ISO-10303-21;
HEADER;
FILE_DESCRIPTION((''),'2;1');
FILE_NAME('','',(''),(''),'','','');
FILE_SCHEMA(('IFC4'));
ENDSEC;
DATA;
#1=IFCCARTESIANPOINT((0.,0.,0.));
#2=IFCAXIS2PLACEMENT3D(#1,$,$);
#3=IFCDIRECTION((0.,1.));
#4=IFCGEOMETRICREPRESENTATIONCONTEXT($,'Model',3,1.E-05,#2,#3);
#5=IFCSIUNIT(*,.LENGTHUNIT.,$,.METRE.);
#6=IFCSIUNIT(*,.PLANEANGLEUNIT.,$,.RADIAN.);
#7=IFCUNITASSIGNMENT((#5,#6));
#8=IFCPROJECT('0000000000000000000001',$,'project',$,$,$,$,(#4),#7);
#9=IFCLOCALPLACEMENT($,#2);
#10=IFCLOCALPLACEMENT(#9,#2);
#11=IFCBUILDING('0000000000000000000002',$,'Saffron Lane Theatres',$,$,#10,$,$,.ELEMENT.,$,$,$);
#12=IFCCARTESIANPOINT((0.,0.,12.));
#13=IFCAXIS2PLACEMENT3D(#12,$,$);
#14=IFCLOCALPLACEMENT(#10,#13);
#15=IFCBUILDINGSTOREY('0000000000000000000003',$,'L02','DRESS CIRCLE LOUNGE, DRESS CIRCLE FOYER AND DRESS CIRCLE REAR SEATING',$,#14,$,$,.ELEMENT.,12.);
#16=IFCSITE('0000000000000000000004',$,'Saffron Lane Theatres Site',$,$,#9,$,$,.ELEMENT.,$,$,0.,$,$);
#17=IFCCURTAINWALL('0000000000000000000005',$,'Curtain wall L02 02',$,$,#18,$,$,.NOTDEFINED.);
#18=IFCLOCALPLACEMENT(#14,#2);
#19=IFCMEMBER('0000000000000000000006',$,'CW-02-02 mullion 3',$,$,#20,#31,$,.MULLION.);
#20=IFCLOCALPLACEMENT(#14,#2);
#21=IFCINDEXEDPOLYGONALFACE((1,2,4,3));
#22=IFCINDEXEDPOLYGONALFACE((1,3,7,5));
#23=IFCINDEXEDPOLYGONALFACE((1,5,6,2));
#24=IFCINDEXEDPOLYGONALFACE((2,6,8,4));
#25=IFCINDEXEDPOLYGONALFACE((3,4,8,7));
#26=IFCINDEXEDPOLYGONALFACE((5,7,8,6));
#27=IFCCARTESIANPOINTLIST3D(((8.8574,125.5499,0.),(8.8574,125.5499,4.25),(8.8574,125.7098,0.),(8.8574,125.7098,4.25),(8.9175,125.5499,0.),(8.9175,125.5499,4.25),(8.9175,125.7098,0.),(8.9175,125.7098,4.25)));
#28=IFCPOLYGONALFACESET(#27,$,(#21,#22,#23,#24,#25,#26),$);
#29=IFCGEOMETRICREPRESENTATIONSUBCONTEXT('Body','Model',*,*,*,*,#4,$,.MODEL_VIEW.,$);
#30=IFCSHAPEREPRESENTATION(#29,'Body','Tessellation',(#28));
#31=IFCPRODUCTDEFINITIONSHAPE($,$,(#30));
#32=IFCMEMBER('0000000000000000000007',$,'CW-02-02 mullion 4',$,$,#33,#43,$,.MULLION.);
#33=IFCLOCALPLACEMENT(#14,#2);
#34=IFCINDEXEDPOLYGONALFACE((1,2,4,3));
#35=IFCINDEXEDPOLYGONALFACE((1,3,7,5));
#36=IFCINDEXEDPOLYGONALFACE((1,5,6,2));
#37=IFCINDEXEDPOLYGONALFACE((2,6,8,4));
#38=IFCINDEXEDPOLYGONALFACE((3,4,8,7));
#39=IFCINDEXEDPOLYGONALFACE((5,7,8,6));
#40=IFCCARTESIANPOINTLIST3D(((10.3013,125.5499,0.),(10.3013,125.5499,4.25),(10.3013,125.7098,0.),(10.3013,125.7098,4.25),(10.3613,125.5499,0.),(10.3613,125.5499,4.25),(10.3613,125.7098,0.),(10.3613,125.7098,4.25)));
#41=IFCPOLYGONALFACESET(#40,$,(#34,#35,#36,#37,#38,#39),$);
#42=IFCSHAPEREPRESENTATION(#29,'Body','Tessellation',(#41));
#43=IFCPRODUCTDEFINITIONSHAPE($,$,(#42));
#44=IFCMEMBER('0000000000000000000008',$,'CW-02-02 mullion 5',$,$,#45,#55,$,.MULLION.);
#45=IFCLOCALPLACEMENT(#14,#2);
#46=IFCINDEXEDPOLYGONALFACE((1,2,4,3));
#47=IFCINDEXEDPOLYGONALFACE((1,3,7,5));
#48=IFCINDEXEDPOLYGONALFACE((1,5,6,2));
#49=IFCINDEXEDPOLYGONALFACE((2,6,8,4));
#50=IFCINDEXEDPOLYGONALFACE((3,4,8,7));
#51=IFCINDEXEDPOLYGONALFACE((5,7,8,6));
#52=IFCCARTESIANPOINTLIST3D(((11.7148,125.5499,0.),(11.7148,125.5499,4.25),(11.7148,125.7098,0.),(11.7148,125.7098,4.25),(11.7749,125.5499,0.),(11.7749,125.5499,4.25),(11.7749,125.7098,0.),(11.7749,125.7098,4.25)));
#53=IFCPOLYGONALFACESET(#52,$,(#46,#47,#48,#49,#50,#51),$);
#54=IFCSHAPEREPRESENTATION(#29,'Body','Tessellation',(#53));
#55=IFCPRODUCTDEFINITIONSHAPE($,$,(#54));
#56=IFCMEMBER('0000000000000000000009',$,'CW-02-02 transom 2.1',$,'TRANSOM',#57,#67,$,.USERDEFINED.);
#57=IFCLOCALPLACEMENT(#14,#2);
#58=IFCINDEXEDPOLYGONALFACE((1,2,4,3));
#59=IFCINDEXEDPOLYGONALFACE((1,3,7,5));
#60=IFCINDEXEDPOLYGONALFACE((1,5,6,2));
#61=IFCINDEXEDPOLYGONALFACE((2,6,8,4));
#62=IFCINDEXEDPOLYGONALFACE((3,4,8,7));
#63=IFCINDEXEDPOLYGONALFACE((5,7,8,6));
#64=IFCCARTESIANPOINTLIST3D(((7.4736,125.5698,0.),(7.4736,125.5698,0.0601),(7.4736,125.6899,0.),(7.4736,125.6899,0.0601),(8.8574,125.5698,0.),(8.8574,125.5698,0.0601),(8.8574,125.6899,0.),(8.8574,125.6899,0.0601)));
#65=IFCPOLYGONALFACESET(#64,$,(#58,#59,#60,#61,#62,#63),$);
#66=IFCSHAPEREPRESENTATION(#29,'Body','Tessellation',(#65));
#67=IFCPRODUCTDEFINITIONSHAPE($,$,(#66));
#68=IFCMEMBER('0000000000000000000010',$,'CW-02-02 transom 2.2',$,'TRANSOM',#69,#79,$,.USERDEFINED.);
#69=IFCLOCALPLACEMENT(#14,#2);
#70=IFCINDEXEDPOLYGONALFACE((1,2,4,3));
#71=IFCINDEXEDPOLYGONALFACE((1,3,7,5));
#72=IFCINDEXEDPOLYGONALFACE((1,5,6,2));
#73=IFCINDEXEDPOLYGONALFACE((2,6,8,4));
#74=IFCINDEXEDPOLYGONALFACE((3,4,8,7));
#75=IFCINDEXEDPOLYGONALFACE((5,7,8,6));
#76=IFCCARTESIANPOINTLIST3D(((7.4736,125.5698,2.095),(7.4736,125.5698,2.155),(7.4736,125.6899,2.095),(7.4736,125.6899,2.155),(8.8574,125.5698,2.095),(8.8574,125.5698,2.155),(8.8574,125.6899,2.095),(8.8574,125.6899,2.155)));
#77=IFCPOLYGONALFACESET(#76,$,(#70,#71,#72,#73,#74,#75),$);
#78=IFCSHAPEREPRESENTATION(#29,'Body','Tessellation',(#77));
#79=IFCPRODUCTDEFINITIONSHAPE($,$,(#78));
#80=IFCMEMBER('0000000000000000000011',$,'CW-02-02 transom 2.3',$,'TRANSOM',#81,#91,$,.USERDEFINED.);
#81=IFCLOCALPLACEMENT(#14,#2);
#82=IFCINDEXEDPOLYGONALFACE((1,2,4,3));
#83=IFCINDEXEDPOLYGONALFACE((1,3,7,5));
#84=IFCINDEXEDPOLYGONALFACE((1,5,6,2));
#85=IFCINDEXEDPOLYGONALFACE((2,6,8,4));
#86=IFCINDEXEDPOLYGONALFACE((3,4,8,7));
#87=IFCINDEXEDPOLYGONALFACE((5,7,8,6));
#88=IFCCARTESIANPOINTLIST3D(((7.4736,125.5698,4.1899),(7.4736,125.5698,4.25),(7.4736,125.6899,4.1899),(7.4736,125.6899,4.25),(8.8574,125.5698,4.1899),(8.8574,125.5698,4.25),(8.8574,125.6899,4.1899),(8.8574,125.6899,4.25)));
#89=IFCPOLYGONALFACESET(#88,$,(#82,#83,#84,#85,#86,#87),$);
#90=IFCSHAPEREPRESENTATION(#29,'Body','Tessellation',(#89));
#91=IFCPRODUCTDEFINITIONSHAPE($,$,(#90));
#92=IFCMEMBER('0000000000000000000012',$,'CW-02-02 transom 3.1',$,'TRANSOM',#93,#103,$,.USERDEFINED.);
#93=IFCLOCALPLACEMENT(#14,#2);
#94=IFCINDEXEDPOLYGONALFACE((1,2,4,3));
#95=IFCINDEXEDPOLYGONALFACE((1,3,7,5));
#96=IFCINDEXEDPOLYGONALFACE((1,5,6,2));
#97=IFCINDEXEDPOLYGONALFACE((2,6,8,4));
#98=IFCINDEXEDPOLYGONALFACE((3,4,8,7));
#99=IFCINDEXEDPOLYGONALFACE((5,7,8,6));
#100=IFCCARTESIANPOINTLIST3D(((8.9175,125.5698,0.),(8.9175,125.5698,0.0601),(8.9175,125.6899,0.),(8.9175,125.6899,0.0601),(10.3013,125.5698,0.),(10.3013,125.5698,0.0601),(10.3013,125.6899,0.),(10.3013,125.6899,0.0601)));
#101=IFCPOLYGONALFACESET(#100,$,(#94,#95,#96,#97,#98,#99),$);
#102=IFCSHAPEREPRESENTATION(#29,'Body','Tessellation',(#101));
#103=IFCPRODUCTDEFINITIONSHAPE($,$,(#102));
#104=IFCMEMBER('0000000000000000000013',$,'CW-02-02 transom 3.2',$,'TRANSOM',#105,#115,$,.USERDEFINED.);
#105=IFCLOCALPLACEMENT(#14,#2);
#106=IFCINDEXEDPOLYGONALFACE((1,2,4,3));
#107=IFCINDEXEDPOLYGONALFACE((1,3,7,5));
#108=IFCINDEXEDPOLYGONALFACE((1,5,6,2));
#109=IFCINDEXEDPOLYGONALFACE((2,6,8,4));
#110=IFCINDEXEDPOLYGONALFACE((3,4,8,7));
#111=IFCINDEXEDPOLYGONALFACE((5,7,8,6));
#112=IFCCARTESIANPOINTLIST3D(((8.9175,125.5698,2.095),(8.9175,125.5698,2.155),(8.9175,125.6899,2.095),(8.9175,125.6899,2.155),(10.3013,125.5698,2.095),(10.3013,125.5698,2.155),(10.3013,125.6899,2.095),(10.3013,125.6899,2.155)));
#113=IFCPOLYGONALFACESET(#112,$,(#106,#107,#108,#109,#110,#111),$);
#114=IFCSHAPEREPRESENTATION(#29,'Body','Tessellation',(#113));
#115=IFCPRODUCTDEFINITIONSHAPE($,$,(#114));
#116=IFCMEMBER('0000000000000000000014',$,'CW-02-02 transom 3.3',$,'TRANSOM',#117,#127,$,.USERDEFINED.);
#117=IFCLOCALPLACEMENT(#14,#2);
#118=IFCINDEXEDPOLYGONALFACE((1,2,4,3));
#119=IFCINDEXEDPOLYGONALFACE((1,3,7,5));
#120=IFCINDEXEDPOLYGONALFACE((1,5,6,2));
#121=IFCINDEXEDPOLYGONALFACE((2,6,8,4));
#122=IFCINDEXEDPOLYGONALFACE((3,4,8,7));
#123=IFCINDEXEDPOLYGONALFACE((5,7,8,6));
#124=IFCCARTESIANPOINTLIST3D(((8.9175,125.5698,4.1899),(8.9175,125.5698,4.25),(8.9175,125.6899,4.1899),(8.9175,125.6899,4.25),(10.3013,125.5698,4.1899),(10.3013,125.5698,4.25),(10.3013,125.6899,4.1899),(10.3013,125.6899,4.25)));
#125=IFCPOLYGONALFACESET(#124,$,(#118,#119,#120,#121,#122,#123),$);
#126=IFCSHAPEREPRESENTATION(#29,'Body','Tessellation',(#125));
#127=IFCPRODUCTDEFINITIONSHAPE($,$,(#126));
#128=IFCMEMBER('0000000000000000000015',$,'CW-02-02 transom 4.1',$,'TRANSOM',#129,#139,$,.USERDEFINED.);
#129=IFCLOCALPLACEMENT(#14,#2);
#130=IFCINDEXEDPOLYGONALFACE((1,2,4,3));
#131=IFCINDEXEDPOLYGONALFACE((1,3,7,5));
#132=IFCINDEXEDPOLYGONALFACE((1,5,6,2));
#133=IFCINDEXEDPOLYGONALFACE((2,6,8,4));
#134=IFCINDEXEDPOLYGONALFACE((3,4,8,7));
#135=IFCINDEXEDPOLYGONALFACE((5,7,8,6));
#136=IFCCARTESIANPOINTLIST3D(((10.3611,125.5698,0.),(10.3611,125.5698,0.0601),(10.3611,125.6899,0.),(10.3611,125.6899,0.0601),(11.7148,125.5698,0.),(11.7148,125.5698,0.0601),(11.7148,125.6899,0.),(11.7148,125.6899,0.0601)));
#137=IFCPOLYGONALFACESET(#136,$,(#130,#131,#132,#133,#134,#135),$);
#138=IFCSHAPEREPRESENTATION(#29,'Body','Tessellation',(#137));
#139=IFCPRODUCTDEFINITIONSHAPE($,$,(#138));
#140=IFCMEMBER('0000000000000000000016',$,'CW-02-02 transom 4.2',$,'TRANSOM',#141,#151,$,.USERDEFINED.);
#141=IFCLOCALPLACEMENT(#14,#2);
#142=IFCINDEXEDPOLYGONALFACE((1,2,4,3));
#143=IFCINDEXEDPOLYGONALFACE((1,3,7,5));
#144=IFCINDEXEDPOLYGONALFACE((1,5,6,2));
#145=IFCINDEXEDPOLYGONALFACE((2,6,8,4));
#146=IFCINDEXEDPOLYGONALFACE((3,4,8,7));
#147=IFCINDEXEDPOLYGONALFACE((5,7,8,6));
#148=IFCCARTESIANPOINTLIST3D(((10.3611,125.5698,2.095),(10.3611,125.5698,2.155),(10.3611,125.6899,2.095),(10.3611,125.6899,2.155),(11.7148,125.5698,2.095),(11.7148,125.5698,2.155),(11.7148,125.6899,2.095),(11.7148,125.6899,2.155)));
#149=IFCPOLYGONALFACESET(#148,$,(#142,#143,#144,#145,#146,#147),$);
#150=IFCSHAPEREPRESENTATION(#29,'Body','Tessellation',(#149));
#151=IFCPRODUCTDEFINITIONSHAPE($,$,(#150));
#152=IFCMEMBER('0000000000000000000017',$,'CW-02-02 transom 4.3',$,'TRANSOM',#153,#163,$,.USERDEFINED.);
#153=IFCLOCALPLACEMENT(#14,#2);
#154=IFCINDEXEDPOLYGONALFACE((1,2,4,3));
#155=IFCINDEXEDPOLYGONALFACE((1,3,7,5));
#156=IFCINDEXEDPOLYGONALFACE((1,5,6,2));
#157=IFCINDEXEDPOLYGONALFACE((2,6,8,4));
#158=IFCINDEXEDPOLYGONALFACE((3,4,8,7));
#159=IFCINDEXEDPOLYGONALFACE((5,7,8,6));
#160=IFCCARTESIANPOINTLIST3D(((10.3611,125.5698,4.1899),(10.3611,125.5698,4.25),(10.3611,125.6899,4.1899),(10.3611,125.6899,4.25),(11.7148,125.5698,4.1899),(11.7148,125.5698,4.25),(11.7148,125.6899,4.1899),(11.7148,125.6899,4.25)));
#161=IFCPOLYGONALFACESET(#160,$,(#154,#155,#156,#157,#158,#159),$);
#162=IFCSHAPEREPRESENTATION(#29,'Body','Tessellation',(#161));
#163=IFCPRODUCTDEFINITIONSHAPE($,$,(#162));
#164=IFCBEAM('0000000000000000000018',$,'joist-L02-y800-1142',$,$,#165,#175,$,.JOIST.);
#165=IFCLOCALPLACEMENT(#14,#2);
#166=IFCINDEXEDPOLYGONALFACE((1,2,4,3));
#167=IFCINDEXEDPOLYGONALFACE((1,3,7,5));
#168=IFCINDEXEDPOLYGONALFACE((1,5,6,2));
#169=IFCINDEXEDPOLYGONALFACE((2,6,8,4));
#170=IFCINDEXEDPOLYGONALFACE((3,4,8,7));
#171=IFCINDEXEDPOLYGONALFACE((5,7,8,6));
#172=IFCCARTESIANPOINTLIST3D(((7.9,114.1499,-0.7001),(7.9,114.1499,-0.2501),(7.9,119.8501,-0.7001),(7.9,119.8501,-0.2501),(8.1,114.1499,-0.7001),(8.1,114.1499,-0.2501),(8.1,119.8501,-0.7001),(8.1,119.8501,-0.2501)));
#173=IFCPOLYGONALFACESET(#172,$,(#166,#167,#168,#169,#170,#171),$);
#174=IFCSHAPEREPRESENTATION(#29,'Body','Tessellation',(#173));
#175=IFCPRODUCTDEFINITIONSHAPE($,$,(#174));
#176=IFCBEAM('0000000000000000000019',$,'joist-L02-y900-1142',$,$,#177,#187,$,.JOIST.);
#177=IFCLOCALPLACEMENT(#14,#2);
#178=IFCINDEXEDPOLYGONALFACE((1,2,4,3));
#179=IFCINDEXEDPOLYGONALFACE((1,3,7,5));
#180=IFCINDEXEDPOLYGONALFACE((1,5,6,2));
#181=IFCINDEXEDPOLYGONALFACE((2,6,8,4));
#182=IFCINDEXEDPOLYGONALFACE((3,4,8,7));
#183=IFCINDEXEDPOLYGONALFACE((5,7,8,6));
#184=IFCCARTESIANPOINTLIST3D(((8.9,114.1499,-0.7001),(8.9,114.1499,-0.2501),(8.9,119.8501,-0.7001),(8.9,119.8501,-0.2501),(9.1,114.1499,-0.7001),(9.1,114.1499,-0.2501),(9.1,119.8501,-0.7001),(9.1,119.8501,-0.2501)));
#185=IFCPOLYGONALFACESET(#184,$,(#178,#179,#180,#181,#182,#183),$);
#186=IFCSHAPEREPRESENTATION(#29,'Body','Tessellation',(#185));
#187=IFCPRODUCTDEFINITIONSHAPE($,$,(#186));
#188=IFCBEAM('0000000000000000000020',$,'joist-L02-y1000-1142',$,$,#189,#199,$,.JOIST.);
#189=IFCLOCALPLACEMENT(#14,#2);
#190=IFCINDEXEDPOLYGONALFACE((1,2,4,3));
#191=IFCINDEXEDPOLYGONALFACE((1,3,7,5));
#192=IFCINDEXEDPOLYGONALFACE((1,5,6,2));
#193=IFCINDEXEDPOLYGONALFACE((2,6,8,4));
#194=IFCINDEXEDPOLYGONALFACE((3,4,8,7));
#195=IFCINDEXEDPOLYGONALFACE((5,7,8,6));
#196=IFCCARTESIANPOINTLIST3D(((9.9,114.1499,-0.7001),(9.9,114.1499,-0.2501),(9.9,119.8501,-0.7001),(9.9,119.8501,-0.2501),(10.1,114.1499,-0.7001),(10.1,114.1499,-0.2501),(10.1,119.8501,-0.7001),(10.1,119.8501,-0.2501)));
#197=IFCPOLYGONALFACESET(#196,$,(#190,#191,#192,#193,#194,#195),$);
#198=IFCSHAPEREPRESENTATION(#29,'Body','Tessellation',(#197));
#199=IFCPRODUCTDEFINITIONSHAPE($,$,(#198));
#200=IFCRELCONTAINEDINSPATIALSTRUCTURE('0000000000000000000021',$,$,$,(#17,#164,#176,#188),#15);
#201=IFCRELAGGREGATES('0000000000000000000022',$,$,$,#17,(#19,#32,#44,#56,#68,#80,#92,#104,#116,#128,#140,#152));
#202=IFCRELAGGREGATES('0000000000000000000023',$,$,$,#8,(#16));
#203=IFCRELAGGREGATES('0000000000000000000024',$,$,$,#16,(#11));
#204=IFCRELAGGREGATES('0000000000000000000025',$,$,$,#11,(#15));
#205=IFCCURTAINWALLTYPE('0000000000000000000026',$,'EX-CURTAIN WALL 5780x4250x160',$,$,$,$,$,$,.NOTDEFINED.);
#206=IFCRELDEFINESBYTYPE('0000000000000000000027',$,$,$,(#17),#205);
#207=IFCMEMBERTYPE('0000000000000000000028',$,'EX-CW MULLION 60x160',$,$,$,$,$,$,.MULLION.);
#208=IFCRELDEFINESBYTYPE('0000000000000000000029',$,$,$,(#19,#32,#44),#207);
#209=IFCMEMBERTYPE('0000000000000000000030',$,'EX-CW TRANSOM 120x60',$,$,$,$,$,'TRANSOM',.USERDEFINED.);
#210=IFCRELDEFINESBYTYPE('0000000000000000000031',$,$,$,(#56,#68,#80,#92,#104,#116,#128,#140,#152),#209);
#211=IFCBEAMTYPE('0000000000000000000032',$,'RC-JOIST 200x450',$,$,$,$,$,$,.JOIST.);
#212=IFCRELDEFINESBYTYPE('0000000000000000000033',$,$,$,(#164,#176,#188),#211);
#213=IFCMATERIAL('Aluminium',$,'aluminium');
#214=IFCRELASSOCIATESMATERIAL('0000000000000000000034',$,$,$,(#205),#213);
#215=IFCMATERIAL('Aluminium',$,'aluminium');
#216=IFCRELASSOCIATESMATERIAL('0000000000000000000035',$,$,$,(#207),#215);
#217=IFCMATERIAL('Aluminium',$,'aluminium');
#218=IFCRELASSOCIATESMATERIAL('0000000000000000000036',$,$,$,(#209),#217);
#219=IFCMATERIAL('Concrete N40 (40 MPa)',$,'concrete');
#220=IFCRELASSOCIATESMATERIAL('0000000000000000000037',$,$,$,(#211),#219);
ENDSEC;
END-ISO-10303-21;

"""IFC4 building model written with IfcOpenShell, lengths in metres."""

from ifc_helpers import new_model, si_unit, direction, frame, origin, origin_2d, place, context, subcontext, project, spatial, rectangle, extrude, material, material_profile, profile_set, type_object, element, aggregate, save


model = new_model("IFC4")

# Units and contexts
model_context = context("Model", 3, precision=1e-05, world=origin(), true_north=direction((0.0, 1.0)))
body_context = subcontext(model_context, "Body", "Model", "MODEL_VIEW")
ifc_project = project(units=[si_unit("LENGTHUNIT", "METRE"), si_unit("PLANEANGLEUNIT", "RADIAN")], contexts=[model_context])

# Site, building, storey
site_placement = place(None, origin())
site = spatial("IfcSite", under=ifc_project, at=site_placement, Name="Saffron Lane Theatres Site", CompositionType="ELEMENT", RefElevation=0.0)
building_placement = place(site_placement, origin())
building = spatial("IfcBuilding", under=site, at=building_placement, Name="Saffron Lane Theatres", CompositionType="ELEMENT")
storey_placement = place(building_placement, frame((0.0, 0.0, 12.0)))
storey = spatial("IfcBuildingStorey", under=building, at=storey_placement, Name="L02", Description="DRESS CIRCLE LOUNGE, DRESS CIRCLE FOYER AND DRESS CIRCLE REAR SEATING", CompositionType="ELEMENT", Elevation=12.0)

# Curtain wall, members
ifc_material_1 = material(Name="Aluminium", Category="aluminium")
curtain_wall_type = type_object("IfcCurtainWallType", Name="EX-CURTAIN WALL 5780x4250x160", PredefinedType="NOTDEFINED", material=ifc_material_1)
curtain_wall_placement = place(storey_placement, origin())
curtain_wall = element("IfcCurtainWall", 1, at=curtain_wall_placement, inside=storey, type_object=curtain_wall_type, Name="Curtain wall L02 02", PredefinedType="NOTDEFINED")
ifc_material_2 = material(Name="Aluminium", Category="aluminium")
ifc_material_profile_1 = material_profile(ifc_material_2, rectangle(XDim=0.0601, YDim=0.1599, at=origin_2d()))
ifc_profile_set_1 = profile_set([ifc_material_profile_1], Name="Aluminium")
member_type_1 = type_object("IfcMemberType", Name="EX-CW MULLION 60x160", PredefinedType="MULLION", material=ifc_profile_set_1)
member_1_placement = place(storey_placement, frame((8.8875, 125.6299, 0.0), z_axis=(0.0, 0.0, 1.0), x_axis=(1.0, 0.0, 0.0)))
member_1 = element("IfcMember", 2, at=member_1_placement, type_object=member_type_1, Name="CW-02-02 mullion 3", PredefinedType="MULLION", context=body_context, shape_type="SweptSolid", body=[
    extrude(rectangle(XDim=0.0601, YDim=0.1599, at=origin_2d()), origin(), (0.0, 0.0, 1.0), 4.25),
])
member_2_placement = place(storey_placement, frame((10.3313, 125.6299, 0.0), z_axis=(0.0, 0.0, 1.0), x_axis=(1.0, 0.0, 0.0)))
member_2 = element("IfcMember", 3, at=member_2_placement, type_object=member_type_1, Name="CW-02-02 mullion 4", PredefinedType="MULLION", context=body_context, shape_type="SweptSolid", body=[
    extrude(rectangle(XDim=0.0601, YDim=0.1599, at=origin_2d()), origin(), (0.0, 0.0, 1.0), 4.25),
])
member_3_placement = place(storey_placement, frame((11.7449, 125.6299, 0.0), z_axis=(0.0, 0.0, 1.0), x_axis=(1.0, 0.0, 0.0)))
member_3 = element("IfcMember", 4, at=member_3_placement, type_object=member_type_1, Name="CW-02-02 mullion 5", PredefinedType="MULLION", context=body_context, shape_type="SweptSolid", body=[
    extrude(rectangle(XDim=0.0601, YDim=0.1599, at=origin_2d()), origin(), (0.0, 0.0, 1.0), 4.25),
])
ifc_material_3 = material(Name="Aluminium", Category="aluminium")
ifc_material_profile_2 = material_profile(ifc_material_3, rectangle(XDim=0.1201, YDim=0.0601, at=origin_2d()))
ifc_profile_set_2 = profile_set([ifc_material_profile_2], Name="Aluminium")
member_type_2 = type_object("IfcMemberType", Name="EX-CW TRANSOM 120x60", ElementType="TRANSOM", PredefinedType="USERDEFINED", material=ifc_profile_set_2)
member_4_placement = place(storey_placement, frame((7.4736, 125.6299, 0.03), z_axis=(1.0, 0.0, 0.0), x_axis=(0.0, 1.0, 0.0)))
member_4 = element("IfcMember", 5, at=member_4_placement, type_object=member_type_2, Name="CW-02-02 transom 2.1", ObjectType="TRANSOM", PredefinedType="USERDEFINED", context=body_context, shape_type="SweptSolid", body=[
    extrude(rectangle(XDim=0.1201, YDim=0.0601, at=origin_2d()), origin(), (0.0, 0.0, 1.0), 1.3838),
])
member_5_placement = place(storey_placement, frame((7.4736, 125.6299, 2.125), z_axis=(1.0, 0.0, 0.0), x_axis=(0.0, 1.0, 0.0)))
member_5 = element("IfcMember", 6, at=member_5_placement, type_object=member_type_2, Name="CW-02-02 transom 2.2", ObjectType="TRANSOM", PredefinedType="USERDEFINED", context=body_context, shape_type="SweptSolid", body=[
    extrude(rectangle(XDim=0.1201, YDim=0.0601, at=origin_2d()), origin(), (0.0, 0.0, 1.0), 1.3838),
])
member_6_placement = place(storey_placement, frame((7.4736, 125.6299, 4.22), z_axis=(1.0, 0.0, 0.0), x_axis=(0.0, 1.0, 0.0)))
member_6 = element("IfcMember", 7, at=member_6_placement, type_object=member_type_2, Name="CW-02-02 transom 2.3", ObjectType="TRANSOM", PredefinedType="USERDEFINED", context=body_context, shape_type="SweptSolid", body=[
    extrude(rectangle(XDim=0.1201, YDim=0.0601, at=origin_2d()), origin(), (0.0, 0.0, 1.0), 1.3838),
])
member_7_placement = place(storey_placement, frame((8.9175, 125.6299, 0.03), z_axis=(1.0, 0.0, 0.0), x_axis=(0.0, 1.0, 0.0)))
member_7 = element("IfcMember", 8, at=member_7_placement, type_object=member_type_2, Name="CW-02-02 transom 3.1", ObjectType="TRANSOM", PredefinedType="USERDEFINED", context=body_context, shape_type="SweptSolid", body=[
    extrude(rectangle(XDim=0.1201, YDim=0.0601, at=origin_2d()), origin(), (0.0, 0.0, 1.0), 1.3838),
])
member_8_placement = place(storey_placement, frame((8.9175, 125.6299, 2.125), z_axis=(1.0, 0.0, 0.0), x_axis=(0.0, 1.0, 0.0)))
member_8 = element("IfcMember", 9, at=member_8_placement, type_object=member_type_2, Name="CW-02-02 transom 3.2", ObjectType="TRANSOM", PredefinedType="USERDEFINED", context=body_context, shape_type="SweptSolid", body=[
    extrude(rectangle(XDim=0.1201, YDim=0.0601, at=origin_2d()), origin(), (0.0, 0.0, 1.0), 1.3838),
])
member_9_placement = place(storey_placement, frame((8.9175, 125.6299, 4.22), z_axis=(1.0, 0.0, 0.0), x_axis=(0.0, 1.0, 0.0)))
member_9 = element("IfcMember", 10, at=member_9_placement, type_object=member_type_2, Name="CW-02-02 transom 3.3", ObjectType="TRANSOM", PredefinedType="USERDEFINED", context=body_context, shape_type="SweptSolid", body=[
    extrude(rectangle(XDim=0.1201, YDim=0.0601, at=origin_2d()), origin(), (0.0, 0.0, 1.0), 1.3838),
])
member_10_placement = place(storey_placement, frame((10.3611, 125.6299, 0.03), z_axis=(1.0, 0.0, 0.0), x_axis=(0.0, 1.0, 0.0)))
member_10 = element("IfcMember", 11, at=member_10_placement, type_object=member_type_2, Name="CW-02-02 transom 4.1", ObjectType="TRANSOM", PredefinedType="USERDEFINED", context=body_context, shape_type="SweptSolid", body=[
    extrude(rectangle(XDim=0.1201, YDim=0.0601, at=origin_2d()), origin(), (0.0, 0.0, 1.0), 1.3538),
])
member_11_placement = place(storey_placement, frame((10.3611, 125.6299, 2.125), z_axis=(1.0, 0.0, 0.0), x_axis=(0.0, 1.0, 0.0)))
member_11 = element("IfcMember", 12, at=member_11_placement, type_object=member_type_2, Name="CW-02-02 transom 4.2", ObjectType="TRANSOM", PredefinedType="USERDEFINED", context=body_context, shape_type="SweptSolid", body=[
    extrude(rectangle(XDim=0.1201, YDim=0.0601, at=origin_2d()), origin(), (0.0, 0.0, 1.0), 1.3538),
])
member_12_placement = place(storey_placement, frame((10.3611, 125.6299, 4.22), z_axis=(1.0, 0.0, 0.0), x_axis=(0.0, 1.0, 0.0)))
member_12 = element("IfcMember", 13, at=member_12_placement, type_object=member_type_2, Name="CW-02-02 transom 4.3", ObjectType="TRANSOM", PredefinedType="USERDEFINED", context=body_context, shape_type="SweptSolid", body=[
    extrude(rectangle(XDim=0.1201, YDim=0.0601, at=origin_2d()), origin(), (0.0, 0.0, 1.0), 1.3538),
])

# Beams
ifc_material_4 = material(Name="Concrete N40 (40 MPa)", Category="concrete")
ifc_material_profile_3 = material_profile(ifc_material_4, rectangle(XDim=0.2, YDim=0.45, at=origin_2d()))
ifc_profile_set_3 = profile_set([ifc_material_profile_3], Name="Concrete N40 (40 MPa)")
beam_type = type_object("IfcBeamType", Name="RC-JOIST 200x450", PredefinedType="JOIST", material=ifc_profile_set_3)
for number, where, z_axis, x_axis, name in (
    (14, (8.0, 114.1499, -0.4751), (0.0, 1.0, 0.0), (-1.0, 0.0, 0.0), "joist-L02-y800-1142"),
    (15, (9.0, 114.1499, -0.4751), (0.0, 1.0, 0.0), (-1.0, 0.0, 0.0), "joist-L02-y900-1142"),
    (16, (10.0, 114.1499, -0.4751), (0.0, 1.0, 0.0), (-1.0, 0.0, 0.0), "joist-L02-y1000-1142"),
):
    element("IfcBeam", number, at=place(storey_placement, frame(where, z_axis=z_axis, x_axis=x_axis)), inside=storey, type_object=beam_type, Name=name, PredefinedType="JOIST", context=body_context, shape_type="SweptSolid", body=[
        extrude(rectangle(XDim=0.2, YDim=0.45, at=origin_2d()), origin(), (0.0, 0.0, 1.0), 5.7002),
    ])

aggregate(curtain_wall, [member_1, member_2, member_3, member_4, member_5, member_6, member_7, member_8, member_9, member_10, member_11, member_12])

save(model, "model.ifc")
